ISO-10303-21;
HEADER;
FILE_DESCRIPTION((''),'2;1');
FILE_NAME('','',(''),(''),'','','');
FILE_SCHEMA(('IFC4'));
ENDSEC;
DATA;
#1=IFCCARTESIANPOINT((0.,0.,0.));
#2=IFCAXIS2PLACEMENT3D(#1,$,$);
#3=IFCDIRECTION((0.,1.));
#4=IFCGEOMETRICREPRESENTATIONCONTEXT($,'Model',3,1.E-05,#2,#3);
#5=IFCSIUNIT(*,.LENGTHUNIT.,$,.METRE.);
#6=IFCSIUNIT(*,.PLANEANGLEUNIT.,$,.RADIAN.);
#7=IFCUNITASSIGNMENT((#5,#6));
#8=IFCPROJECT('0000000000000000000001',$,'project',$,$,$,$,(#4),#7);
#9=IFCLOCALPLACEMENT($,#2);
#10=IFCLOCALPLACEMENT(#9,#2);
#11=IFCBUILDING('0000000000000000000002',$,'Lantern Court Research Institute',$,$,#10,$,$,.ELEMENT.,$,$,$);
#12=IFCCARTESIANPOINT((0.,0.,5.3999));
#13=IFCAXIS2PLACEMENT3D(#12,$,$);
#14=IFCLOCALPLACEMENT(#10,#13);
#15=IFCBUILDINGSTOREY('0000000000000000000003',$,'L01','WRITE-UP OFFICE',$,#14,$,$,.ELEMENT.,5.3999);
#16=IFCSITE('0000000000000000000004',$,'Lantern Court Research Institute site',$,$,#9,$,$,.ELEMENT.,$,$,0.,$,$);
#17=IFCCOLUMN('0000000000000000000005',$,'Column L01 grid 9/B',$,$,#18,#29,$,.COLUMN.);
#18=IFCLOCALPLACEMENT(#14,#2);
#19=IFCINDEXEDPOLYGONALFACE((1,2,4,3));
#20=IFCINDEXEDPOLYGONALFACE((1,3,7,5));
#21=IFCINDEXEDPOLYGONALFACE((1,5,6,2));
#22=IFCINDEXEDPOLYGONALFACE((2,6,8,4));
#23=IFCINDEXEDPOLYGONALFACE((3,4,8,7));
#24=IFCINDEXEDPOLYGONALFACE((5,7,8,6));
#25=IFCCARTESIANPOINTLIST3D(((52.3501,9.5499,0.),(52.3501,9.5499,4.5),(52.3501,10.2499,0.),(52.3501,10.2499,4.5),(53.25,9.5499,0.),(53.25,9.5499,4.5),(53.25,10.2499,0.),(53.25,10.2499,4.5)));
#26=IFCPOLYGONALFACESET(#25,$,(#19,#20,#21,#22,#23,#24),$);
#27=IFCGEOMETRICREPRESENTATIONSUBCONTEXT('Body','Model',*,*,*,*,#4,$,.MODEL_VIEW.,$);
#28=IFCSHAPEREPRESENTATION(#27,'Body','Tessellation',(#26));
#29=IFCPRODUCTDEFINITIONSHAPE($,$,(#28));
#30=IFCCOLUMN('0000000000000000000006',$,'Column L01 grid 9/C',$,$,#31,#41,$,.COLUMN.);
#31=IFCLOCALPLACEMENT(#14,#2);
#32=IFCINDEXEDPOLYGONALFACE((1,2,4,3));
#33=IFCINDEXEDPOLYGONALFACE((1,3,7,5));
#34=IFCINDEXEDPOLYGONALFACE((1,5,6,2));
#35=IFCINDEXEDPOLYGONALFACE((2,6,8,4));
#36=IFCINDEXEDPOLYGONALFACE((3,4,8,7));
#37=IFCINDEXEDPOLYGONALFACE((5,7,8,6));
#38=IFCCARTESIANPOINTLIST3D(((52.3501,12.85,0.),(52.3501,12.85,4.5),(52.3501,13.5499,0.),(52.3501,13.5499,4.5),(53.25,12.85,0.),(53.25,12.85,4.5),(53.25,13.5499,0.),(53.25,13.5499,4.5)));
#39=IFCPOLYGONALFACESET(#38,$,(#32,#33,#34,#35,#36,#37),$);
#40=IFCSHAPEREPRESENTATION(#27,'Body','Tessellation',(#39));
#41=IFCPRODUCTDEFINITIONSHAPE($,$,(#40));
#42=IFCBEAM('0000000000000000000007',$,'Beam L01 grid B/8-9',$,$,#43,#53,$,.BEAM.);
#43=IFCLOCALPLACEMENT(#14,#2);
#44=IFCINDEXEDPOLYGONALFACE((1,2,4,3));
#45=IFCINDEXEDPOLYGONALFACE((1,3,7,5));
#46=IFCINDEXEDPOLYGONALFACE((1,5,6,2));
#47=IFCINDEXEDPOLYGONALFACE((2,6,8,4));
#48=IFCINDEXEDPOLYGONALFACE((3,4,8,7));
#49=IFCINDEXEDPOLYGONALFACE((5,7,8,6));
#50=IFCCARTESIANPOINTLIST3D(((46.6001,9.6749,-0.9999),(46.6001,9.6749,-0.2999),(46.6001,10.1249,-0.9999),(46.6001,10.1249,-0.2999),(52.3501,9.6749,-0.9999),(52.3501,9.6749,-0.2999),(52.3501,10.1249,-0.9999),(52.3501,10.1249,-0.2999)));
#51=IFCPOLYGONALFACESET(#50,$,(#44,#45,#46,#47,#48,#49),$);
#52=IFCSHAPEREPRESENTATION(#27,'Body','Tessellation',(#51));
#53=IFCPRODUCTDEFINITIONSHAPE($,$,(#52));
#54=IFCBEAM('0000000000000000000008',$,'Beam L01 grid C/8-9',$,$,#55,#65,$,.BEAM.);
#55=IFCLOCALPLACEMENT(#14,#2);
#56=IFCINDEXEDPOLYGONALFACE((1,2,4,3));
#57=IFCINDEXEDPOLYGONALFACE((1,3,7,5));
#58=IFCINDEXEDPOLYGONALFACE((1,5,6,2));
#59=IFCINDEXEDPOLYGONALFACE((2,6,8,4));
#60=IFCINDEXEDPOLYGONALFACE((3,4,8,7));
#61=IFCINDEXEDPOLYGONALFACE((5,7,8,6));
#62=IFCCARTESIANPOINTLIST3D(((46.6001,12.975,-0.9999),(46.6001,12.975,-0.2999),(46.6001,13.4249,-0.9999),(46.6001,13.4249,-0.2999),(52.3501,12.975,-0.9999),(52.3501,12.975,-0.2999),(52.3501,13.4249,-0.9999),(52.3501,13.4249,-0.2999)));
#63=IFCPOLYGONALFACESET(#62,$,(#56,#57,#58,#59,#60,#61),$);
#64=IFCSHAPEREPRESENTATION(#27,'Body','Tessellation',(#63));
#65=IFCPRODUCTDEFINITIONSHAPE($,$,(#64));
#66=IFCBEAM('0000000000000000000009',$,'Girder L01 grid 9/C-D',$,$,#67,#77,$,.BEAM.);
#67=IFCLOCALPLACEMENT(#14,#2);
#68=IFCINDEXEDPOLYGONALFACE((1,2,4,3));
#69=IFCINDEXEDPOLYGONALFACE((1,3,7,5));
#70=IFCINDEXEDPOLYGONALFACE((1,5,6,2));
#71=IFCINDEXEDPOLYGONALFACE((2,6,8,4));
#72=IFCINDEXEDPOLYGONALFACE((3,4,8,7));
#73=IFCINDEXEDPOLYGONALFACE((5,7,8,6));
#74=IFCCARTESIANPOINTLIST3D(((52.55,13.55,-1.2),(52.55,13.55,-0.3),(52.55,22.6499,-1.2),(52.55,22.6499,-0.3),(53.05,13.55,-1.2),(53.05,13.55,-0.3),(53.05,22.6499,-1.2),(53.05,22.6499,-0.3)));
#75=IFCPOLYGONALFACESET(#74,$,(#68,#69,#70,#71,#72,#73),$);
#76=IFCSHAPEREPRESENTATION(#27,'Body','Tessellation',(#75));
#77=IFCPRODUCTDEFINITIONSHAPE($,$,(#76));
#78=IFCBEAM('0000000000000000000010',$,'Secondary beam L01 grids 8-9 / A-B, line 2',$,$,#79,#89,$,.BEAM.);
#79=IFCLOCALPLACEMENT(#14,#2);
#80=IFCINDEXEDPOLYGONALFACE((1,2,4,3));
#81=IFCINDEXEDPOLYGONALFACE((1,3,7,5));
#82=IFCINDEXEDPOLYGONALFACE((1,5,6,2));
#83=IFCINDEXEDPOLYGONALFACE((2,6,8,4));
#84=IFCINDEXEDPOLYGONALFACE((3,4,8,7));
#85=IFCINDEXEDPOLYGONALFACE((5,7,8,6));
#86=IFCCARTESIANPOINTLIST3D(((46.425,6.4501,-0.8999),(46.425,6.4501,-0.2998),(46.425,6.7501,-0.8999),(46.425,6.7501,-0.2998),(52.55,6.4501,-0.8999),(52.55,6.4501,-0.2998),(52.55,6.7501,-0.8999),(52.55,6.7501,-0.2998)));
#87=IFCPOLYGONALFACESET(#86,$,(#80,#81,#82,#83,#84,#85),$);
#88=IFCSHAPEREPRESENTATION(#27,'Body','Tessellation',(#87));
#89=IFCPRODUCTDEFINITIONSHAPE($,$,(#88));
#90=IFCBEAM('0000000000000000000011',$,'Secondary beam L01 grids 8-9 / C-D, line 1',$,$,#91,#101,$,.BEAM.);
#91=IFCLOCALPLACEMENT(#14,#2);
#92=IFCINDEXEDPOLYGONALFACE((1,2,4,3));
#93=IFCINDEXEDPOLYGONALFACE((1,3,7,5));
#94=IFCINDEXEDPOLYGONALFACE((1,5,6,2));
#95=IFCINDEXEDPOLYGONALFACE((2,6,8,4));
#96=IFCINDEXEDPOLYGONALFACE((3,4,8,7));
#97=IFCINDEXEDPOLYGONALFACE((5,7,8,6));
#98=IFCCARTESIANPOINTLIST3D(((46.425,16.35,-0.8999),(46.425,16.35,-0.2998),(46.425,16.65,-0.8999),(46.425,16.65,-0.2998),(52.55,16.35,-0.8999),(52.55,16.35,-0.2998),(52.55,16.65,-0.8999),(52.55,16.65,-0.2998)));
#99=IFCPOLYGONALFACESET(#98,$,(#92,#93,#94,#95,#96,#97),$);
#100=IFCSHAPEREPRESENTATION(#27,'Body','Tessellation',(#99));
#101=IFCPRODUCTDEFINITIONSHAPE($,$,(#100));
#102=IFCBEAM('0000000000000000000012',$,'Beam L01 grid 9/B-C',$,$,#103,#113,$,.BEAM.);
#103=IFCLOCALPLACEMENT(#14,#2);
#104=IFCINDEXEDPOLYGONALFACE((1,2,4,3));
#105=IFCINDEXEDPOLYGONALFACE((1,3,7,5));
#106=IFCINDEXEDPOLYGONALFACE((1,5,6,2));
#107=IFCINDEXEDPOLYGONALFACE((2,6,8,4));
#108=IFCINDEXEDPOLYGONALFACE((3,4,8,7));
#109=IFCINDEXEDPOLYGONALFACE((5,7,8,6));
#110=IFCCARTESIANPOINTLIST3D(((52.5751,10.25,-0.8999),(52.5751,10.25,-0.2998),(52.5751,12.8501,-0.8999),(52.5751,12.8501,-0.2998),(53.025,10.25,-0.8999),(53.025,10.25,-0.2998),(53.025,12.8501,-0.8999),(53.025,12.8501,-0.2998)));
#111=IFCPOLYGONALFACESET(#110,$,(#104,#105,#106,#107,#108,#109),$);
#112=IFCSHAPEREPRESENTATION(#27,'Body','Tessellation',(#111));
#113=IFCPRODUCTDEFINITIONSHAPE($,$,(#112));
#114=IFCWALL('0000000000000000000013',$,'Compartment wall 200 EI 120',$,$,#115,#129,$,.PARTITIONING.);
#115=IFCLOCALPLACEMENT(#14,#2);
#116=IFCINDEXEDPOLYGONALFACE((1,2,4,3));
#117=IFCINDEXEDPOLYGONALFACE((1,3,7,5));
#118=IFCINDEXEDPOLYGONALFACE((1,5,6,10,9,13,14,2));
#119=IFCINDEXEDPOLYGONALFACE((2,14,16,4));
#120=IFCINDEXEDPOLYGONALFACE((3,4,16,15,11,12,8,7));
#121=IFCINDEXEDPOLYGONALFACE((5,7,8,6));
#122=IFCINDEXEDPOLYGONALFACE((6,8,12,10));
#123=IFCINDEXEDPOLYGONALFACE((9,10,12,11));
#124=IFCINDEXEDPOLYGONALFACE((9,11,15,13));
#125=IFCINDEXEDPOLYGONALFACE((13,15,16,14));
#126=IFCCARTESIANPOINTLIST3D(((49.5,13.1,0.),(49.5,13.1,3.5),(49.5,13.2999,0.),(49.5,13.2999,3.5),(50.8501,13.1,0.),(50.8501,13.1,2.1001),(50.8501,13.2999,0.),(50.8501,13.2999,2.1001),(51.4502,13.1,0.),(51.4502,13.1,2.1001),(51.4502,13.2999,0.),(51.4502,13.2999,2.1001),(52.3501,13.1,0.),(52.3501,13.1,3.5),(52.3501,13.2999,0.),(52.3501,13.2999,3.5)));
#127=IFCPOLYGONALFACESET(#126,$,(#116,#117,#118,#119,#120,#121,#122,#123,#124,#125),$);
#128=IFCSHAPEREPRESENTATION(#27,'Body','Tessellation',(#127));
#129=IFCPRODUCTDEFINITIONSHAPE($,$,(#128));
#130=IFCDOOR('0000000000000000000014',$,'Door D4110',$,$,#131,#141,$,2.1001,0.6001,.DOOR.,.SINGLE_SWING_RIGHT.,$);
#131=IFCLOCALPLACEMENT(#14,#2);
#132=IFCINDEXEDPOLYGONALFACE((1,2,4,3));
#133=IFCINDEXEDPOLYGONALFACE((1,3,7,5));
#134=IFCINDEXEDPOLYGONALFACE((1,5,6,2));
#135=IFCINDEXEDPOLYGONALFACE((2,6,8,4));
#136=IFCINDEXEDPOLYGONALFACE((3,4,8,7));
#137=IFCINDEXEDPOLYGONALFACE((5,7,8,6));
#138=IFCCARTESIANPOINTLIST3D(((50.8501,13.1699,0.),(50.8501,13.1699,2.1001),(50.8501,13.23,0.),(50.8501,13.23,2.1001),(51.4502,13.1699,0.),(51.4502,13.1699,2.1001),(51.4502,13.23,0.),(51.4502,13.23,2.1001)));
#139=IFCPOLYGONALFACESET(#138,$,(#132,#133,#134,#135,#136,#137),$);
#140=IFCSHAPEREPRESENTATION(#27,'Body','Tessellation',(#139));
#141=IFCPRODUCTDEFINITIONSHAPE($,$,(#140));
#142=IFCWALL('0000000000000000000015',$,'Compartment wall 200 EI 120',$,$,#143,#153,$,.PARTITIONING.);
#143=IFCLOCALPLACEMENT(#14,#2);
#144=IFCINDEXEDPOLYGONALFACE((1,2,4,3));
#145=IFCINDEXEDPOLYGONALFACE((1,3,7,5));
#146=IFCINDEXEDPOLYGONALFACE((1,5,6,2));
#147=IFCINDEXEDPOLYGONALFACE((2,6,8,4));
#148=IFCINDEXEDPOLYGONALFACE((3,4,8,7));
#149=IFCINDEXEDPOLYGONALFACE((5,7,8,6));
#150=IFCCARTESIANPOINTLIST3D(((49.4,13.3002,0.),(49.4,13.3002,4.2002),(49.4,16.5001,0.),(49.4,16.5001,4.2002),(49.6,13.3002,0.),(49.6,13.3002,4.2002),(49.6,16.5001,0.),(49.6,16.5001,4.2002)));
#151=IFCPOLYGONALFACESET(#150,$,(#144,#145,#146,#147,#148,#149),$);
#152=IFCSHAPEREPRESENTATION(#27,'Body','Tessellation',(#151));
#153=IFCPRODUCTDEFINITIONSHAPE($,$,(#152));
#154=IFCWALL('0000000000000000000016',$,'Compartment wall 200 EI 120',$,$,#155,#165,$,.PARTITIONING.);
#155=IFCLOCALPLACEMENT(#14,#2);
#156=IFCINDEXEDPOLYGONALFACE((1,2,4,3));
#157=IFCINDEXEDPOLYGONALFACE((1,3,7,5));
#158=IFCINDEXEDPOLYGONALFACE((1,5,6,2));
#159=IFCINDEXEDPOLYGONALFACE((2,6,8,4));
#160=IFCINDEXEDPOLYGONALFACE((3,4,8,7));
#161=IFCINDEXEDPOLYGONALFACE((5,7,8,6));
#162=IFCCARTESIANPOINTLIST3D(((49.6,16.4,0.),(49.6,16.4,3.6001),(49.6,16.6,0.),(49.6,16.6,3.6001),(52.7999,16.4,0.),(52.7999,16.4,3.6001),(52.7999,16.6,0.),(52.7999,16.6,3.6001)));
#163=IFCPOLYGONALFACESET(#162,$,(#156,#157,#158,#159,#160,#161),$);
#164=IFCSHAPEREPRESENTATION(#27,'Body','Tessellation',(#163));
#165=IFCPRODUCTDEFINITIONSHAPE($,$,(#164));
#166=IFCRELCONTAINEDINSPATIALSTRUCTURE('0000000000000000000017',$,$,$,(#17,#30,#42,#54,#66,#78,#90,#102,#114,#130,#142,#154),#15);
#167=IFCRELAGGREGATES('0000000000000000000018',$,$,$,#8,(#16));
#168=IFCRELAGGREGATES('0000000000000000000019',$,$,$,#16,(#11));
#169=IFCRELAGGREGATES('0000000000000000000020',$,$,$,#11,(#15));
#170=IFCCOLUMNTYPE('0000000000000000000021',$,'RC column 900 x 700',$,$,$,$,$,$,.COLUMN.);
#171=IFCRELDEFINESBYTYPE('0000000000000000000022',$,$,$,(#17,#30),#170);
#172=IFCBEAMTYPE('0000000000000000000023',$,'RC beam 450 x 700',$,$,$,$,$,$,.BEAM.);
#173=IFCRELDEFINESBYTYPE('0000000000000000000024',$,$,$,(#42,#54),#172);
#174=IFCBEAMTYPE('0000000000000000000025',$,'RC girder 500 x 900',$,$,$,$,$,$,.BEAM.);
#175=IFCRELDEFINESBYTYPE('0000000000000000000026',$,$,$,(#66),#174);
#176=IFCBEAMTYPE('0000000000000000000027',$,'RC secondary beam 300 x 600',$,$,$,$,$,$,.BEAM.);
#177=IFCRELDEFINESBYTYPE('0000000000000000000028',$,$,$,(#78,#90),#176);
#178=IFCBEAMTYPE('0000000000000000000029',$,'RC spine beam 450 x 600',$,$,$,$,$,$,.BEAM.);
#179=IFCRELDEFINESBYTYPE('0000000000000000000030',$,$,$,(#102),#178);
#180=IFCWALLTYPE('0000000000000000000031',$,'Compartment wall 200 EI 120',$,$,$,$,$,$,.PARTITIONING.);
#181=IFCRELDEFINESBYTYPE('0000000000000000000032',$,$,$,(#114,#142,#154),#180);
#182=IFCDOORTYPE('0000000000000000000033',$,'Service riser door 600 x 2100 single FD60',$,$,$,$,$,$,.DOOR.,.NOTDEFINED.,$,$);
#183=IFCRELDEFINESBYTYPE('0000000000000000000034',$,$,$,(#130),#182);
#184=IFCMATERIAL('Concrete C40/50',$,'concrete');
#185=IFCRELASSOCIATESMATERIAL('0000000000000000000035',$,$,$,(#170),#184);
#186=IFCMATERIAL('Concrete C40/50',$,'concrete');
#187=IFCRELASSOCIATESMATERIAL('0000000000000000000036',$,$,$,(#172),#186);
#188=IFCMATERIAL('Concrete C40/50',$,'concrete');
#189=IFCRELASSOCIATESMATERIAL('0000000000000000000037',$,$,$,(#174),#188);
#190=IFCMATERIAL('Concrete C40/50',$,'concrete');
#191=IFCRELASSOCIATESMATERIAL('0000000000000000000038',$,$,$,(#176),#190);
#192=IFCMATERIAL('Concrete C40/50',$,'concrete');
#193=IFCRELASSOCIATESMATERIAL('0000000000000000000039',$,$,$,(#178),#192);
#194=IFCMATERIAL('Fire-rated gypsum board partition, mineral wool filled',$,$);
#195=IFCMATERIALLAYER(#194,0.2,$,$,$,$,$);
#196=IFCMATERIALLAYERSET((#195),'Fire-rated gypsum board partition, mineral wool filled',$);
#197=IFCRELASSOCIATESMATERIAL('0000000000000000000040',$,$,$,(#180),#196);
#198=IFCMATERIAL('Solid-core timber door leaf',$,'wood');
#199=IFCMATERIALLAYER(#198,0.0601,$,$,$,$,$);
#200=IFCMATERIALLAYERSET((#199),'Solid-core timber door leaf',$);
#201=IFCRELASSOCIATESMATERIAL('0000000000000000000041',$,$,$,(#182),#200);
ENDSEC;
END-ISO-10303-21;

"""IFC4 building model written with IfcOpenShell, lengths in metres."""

from ifc_helpers import new_model, si_unit, direction, frame, frame_2d, origin, origin_2d, place, context, subcontext, project, spatial, rectangle, extrude, material, layer, layer_set, material_profile, profile_set, type_object, element, fill, save


model = new_model("IFC4")

# Units and contexts
model_context = context("Model", 3, precision=1e-05, world=origin(), true_north=direction((0.0, 1.0)))
body_context = subcontext(model_context, "Body", "Model", "MODEL_VIEW")
ifc_project = project(units=[si_unit("LENGTHUNIT", "METRE"), si_unit("PLANEANGLEUNIT", "RADIAN")], contexts=[model_context])

# Site, building, storey
site_placement = place(None, origin())
site = spatial("IfcSite", under=ifc_project, at=site_placement, Name="Lantern Court Research Institute site", CompositionType="ELEMENT", RefElevation=0.0)
building_placement = place(site_placement, origin())
building = spatial("IfcBuilding", under=site, at=building_placement, Name="Lantern Court Research Institute", CompositionType="ELEMENT")
storey_placement = place(building_placement, frame((0.0, 0.0, 5.3999)))
storey = spatial("IfcBuildingStorey", under=building, at=storey_placement, Name="L01", Description="WRITE-UP OFFICE", CompositionType="ELEMENT", Elevation=5.3999)

# Columns
ifc_material_1 = material(Name="Concrete C40/50", Category="concrete")
ifc_material_profile_1 = material_profile(ifc_material_1, rectangle(XDim=0.8999, YDim=0.7, at=origin_2d()), Name="RC column 900 x 700")
ifc_profile_set_1 = profile_set([ifc_material_profile_1], Name="Concrete C40/50")
column_type = type_object("IfcColumnType", Name="RC column 900 x 700", PredefinedType="COLUMN", material=ifc_profile_set_1)
for number, where, z_axis, x_axis, name in (
    (1, (52.8, 9.8999, 0.0), (0.0, 0.0, 1.0), (1.0, 0.0, 0.0), "Column L01 grid 9/B"),
    (2, (52.8, 13.2, 0.0), (0.0, 0.0, 1.0), (1.0, 0.0, 0.0), "Column L01 grid 9/C"),
):
    element("IfcColumn", number, at=place(storey_placement, frame(where, z_axis=z_axis, x_axis=x_axis)), inside=storey, type_object=column_type, Name=name, PredefinedType="COLUMN", context=body_context, shape_type="SweptSolid", body=[
        extrude(rectangle(XDim=0.8999, YDim=0.7, at=origin_2d()), origin(), (0.0, 0.0, 1.0), 4.5),
    ])

# Beams
ifc_material_2 = material(Name="Concrete C40/50", Category="concrete")
ifc_material_profile_2 = material_profile(ifc_material_2, rectangle(XDim=0.45, YDim=0.7, at=origin_2d()), Name="RC beam 450 x 700")
ifc_profile_set_2 = profile_set([ifc_material_profile_2], Name="Concrete C40/50")
beam_type_1 = type_object("IfcBeamType", Name="RC beam 450 x 700", PredefinedType="BEAM", material=ifc_profile_set_2)
for number, where, z_axis, x_axis, name in (
    (3, (46.6001, 9.8999, -0.6499), (1.0, 0.0, 0.0), (0.0, 1.0, 0.0), "Beam L01 grid B/8-9"),
    (4, (46.6001, 13.2, -0.6499), (1.0, 0.0, 0.0), (0.0, 1.0, 0.0), "Beam L01 grid C/8-9"),
):
    element("IfcBeam", number, at=place(storey_placement, frame(where, z_axis=z_axis, x_axis=x_axis)), inside=storey, type_object=beam_type_1, Name=name, PredefinedType="BEAM", context=body_context, shape_type="SweptSolid", body=[
        extrude(rectangle(XDim=0.45, YDim=0.7, at=origin_2d()), origin(), (0.0, 0.0, 1.0), 5.75),
    ])
ifc_material_3 = material(Name="Concrete C40/50", Category="concrete")
ifc_material_profile_3 = material_profile(ifc_material_3, rectangle(XDim=0.5, YDim=0.8999, at=origin_2d()), Name="RC beam 500 x 900")
ifc_profile_set_3 = profile_set([ifc_material_profile_3], Name="Concrete C40/50")
beam_type_2 = type_object("IfcBeamType", Name="RC girder 500 x 900", PredefinedType="BEAM", material=ifc_profile_set_3)
beam_1_placement = place(storey_placement, frame((52.8, 13.55, -0.75), z_axis=(0.0, 1.0, 0.0), x_axis=(-1.0, 0.0, 0.0)))
element("IfcBeam", 5, at=beam_1_placement, inside=storey, type_object=beam_type_2, Name="Girder L01 grid 9/C-D", PredefinedType="BEAM", context=body_context, shape_type="SweptSolid", body=[
    extrude(rectangle(XDim=0.5, YDim=0.8999, at=origin_2d()), origin(), (0.0, 0.0, 1.0), 9.0999),
])
ifc_material_4 = material(Name="Concrete C40/50", Category="concrete")
ifc_material_profile_4 = material_profile(ifc_material_4, rectangle(XDim=0.3, YDim=0.6001, at=origin_2d()), Name="RC beam 300 x 600")
ifc_profile_set_4 = profile_set([ifc_material_profile_4], Name="Concrete C40/50")
beam_type_3 = type_object("IfcBeamType", Name="RC secondary beam 300 x 600", PredefinedType="BEAM", material=ifc_profile_set_4)
for number, where, z_axis, x_axis, name in (
    (6, (46.425, 6.6001, -0.5999), (1.0, 0.0, 0.0), (0.0, 1.0, 0.0), "Secondary beam L01 grids 8-9 / A-B, line 2"),
    (7, (46.425, 16.5, -0.5999), (1.0, 0.0, 0.0), (0.0, 1.0, 0.0), "Secondary beam L01 grids 8-9 / C-D, line 1"),
):
    element("IfcBeam", number, at=place(storey_placement, frame(where, z_axis=z_axis, x_axis=x_axis)), inside=storey, type_object=beam_type_3, Name=name, PredefinedType="BEAM", context=body_context, shape_type="SweptSolid", body=[
        extrude(rectangle(XDim=0.3, YDim=0.6001, at=origin_2d()), origin(), (0.0, 0.0, 1.0), 6.125),
    ])
ifc_material_5 = material(Name="Concrete C40/50", Category="concrete")
ifc_material_profile_5 = material_profile(ifc_material_5, rectangle(XDim=0.45, YDim=0.6001, at=origin_2d()), Name="RC beam 450 x 600")
ifc_profile_set_5 = profile_set([ifc_material_profile_5], Name="Concrete C40/50")
beam_type_4 = type_object("IfcBeamType", Name="RC spine beam 450 x 600", PredefinedType="BEAM", material=ifc_profile_set_5)
beam_2_placement = place(storey_placement, frame((52.8, 10.25, -0.5999), z_axis=(0.0, 1.0, 0.0), x_axis=(-1.0, 0.0, 0.0)))
element("IfcBeam", 8, at=beam_2_placement, inside=storey, type_object=beam_type_4, Name="Beam L01 grid 9/B-C", PredefinedType="BEAM", context=body_context, shape_type="SweptSolid", body=[
    extrude(rectangle(XDim=0.45, YDim=0.6001, at=origin_2d()), origin(), (0.0, 0.0, 1.0), 2.6001),
])

# Wall, opening, door
ifc_material_6 = material(Name="Fire-rated gypsum board partition, mineral wool filled")
ifc_layer_1 = layer(ifc_material_6, 0.2)
ifc_layer_set_1 = layer_set([ifc_layer_1], Name="Fire-rated gypsum board partition, mineral wool filled")
wall_type_1 = type_object("IfcWallType", Name="Compartment wall 200 EI 120", PredefinedType="PARTITIONING", material=ifc_layer_set_1)
wall_1_placement = place(storey_placement, frame((49.5, 13.2, 0.0), z_axis=(0.0, 0.0, 1.0), x_axis=(1.0, 0.0, 0.0)))
wall_1 = element("IfcWall", 9, at=wall_1_placement, inside=storey, type_object=wall_type_1, Name="Compartment wall 200 EI 120", PredefinedType="PARTITIONING", context=body_context, shape_type="SweptSolid", body=[
    extrude(rectangle(XDim=2.8501, YDim=0.2, at=frame_2d((1.425, 0.0))), origin(), (0.0, 0.0, 1.0), 3.5),
])
opening_1_placement = place(wall_1_placement, frame((1.3501, 0.0, 0.0)))
opening_1 = element("IfcOpeningElement", 10, at=opening_1_placement, cuts=wall_1, PredefinedType="OPENING", context=body_context, shape_type="SweptSolid", body=[
    extrude(rectangle(XDim=0.6001, YDim=2.1001, at=frame_2d((0.3, 1.05))), frame((0.0, 0.1099, 0.0), z_axis=(0.0, -1.0, 0.0), x_axis=(1.0, 0.0, 0.0)), (0.0, 0.0, 1.0), 0.22),
])
ifc_material_7 = material(Name="Solid-core timber door leaf", Category="wood")
ifc_layer_2 = layer(ifc_material_7, 0.0601)
ifc_layer_set_2 = layer_set([ifc_layer_2], Name="Solid-core timber door leaf")
door_type_1 = type_object("IfcDoorType", Name="Service riser door 600 x 2100 single FD60", OperationType="NOTDEFINED", PredefinedType="DOOR", material=ifc_layer_set_2)
door_1_placement = place(opening_1_placement, origin())
door_1 = element("IfcDoor", 11, at=door_1_placement, inside=storey, type_object=door_type_1, Name="Door D4110", OperationType="SINGLE_SWING_RIGHT", OverallHeight=2.1001, OverallWidth=0.6001, PredefinedType="DOOR", context=body_context, shape_type="SweptSolid", body=[
    extrude(rectangle(XDim=0.6001, YDim=2.1001, at=frame_2d((0.3, 1.05))), frame((0.0, 0.03, 0.0), z_axis=(0.0, -1.0, 0.0), x_axis=(1.0, 0.0, 0.0)), (0.0, 0.0, 1.0), 0.0601),
])
fill(opening_1, door_1)

# Walls
wall_2_placement = place(storey_placement, frame((49.5, 13.3, 0.0), z_axis=(0.0, 0.0, 1.0), x_axis=(0.0, 1.0, 0.0)))
element("IfcWall", 12, at=wall_2_placement, inside=storey, type_object=wall_type_1, Name="Compartment wall 200 EI 120", PredefinedType="PARTITIONING", context=body_context, shape_type="SweptSolid", body=[
    extrude(rectangle(XDim=3.2, YDim=0.2, at=frame_2d((1.6001, 0.0))), origin(), (0.0, 0.0, 1.0), 4.2002),
])
wall_3_placement = place(storey_placement, frame((52.8, 16.5, 0.0), z_axis=(0.0, 0.0, 1.0), x_axis=(-1.0, 0.0, 0.0)))
element("IfcWall", 13, at=wall_3_placement, inside=storey, type_object=wall_type_1, Name="Compartment wall 200 EI 120", PredefinedType="PARTITIONING", context=body_context, shape_type="SweptSolid", body=[
    extrude(rectangle(XDim=3.2, YDim=0.2, at=frame_2d((1.6001, 0.0))), origin(), (0.0, 0.0, 1.0), 3.6001),
])

save(model, "model.ifc")
